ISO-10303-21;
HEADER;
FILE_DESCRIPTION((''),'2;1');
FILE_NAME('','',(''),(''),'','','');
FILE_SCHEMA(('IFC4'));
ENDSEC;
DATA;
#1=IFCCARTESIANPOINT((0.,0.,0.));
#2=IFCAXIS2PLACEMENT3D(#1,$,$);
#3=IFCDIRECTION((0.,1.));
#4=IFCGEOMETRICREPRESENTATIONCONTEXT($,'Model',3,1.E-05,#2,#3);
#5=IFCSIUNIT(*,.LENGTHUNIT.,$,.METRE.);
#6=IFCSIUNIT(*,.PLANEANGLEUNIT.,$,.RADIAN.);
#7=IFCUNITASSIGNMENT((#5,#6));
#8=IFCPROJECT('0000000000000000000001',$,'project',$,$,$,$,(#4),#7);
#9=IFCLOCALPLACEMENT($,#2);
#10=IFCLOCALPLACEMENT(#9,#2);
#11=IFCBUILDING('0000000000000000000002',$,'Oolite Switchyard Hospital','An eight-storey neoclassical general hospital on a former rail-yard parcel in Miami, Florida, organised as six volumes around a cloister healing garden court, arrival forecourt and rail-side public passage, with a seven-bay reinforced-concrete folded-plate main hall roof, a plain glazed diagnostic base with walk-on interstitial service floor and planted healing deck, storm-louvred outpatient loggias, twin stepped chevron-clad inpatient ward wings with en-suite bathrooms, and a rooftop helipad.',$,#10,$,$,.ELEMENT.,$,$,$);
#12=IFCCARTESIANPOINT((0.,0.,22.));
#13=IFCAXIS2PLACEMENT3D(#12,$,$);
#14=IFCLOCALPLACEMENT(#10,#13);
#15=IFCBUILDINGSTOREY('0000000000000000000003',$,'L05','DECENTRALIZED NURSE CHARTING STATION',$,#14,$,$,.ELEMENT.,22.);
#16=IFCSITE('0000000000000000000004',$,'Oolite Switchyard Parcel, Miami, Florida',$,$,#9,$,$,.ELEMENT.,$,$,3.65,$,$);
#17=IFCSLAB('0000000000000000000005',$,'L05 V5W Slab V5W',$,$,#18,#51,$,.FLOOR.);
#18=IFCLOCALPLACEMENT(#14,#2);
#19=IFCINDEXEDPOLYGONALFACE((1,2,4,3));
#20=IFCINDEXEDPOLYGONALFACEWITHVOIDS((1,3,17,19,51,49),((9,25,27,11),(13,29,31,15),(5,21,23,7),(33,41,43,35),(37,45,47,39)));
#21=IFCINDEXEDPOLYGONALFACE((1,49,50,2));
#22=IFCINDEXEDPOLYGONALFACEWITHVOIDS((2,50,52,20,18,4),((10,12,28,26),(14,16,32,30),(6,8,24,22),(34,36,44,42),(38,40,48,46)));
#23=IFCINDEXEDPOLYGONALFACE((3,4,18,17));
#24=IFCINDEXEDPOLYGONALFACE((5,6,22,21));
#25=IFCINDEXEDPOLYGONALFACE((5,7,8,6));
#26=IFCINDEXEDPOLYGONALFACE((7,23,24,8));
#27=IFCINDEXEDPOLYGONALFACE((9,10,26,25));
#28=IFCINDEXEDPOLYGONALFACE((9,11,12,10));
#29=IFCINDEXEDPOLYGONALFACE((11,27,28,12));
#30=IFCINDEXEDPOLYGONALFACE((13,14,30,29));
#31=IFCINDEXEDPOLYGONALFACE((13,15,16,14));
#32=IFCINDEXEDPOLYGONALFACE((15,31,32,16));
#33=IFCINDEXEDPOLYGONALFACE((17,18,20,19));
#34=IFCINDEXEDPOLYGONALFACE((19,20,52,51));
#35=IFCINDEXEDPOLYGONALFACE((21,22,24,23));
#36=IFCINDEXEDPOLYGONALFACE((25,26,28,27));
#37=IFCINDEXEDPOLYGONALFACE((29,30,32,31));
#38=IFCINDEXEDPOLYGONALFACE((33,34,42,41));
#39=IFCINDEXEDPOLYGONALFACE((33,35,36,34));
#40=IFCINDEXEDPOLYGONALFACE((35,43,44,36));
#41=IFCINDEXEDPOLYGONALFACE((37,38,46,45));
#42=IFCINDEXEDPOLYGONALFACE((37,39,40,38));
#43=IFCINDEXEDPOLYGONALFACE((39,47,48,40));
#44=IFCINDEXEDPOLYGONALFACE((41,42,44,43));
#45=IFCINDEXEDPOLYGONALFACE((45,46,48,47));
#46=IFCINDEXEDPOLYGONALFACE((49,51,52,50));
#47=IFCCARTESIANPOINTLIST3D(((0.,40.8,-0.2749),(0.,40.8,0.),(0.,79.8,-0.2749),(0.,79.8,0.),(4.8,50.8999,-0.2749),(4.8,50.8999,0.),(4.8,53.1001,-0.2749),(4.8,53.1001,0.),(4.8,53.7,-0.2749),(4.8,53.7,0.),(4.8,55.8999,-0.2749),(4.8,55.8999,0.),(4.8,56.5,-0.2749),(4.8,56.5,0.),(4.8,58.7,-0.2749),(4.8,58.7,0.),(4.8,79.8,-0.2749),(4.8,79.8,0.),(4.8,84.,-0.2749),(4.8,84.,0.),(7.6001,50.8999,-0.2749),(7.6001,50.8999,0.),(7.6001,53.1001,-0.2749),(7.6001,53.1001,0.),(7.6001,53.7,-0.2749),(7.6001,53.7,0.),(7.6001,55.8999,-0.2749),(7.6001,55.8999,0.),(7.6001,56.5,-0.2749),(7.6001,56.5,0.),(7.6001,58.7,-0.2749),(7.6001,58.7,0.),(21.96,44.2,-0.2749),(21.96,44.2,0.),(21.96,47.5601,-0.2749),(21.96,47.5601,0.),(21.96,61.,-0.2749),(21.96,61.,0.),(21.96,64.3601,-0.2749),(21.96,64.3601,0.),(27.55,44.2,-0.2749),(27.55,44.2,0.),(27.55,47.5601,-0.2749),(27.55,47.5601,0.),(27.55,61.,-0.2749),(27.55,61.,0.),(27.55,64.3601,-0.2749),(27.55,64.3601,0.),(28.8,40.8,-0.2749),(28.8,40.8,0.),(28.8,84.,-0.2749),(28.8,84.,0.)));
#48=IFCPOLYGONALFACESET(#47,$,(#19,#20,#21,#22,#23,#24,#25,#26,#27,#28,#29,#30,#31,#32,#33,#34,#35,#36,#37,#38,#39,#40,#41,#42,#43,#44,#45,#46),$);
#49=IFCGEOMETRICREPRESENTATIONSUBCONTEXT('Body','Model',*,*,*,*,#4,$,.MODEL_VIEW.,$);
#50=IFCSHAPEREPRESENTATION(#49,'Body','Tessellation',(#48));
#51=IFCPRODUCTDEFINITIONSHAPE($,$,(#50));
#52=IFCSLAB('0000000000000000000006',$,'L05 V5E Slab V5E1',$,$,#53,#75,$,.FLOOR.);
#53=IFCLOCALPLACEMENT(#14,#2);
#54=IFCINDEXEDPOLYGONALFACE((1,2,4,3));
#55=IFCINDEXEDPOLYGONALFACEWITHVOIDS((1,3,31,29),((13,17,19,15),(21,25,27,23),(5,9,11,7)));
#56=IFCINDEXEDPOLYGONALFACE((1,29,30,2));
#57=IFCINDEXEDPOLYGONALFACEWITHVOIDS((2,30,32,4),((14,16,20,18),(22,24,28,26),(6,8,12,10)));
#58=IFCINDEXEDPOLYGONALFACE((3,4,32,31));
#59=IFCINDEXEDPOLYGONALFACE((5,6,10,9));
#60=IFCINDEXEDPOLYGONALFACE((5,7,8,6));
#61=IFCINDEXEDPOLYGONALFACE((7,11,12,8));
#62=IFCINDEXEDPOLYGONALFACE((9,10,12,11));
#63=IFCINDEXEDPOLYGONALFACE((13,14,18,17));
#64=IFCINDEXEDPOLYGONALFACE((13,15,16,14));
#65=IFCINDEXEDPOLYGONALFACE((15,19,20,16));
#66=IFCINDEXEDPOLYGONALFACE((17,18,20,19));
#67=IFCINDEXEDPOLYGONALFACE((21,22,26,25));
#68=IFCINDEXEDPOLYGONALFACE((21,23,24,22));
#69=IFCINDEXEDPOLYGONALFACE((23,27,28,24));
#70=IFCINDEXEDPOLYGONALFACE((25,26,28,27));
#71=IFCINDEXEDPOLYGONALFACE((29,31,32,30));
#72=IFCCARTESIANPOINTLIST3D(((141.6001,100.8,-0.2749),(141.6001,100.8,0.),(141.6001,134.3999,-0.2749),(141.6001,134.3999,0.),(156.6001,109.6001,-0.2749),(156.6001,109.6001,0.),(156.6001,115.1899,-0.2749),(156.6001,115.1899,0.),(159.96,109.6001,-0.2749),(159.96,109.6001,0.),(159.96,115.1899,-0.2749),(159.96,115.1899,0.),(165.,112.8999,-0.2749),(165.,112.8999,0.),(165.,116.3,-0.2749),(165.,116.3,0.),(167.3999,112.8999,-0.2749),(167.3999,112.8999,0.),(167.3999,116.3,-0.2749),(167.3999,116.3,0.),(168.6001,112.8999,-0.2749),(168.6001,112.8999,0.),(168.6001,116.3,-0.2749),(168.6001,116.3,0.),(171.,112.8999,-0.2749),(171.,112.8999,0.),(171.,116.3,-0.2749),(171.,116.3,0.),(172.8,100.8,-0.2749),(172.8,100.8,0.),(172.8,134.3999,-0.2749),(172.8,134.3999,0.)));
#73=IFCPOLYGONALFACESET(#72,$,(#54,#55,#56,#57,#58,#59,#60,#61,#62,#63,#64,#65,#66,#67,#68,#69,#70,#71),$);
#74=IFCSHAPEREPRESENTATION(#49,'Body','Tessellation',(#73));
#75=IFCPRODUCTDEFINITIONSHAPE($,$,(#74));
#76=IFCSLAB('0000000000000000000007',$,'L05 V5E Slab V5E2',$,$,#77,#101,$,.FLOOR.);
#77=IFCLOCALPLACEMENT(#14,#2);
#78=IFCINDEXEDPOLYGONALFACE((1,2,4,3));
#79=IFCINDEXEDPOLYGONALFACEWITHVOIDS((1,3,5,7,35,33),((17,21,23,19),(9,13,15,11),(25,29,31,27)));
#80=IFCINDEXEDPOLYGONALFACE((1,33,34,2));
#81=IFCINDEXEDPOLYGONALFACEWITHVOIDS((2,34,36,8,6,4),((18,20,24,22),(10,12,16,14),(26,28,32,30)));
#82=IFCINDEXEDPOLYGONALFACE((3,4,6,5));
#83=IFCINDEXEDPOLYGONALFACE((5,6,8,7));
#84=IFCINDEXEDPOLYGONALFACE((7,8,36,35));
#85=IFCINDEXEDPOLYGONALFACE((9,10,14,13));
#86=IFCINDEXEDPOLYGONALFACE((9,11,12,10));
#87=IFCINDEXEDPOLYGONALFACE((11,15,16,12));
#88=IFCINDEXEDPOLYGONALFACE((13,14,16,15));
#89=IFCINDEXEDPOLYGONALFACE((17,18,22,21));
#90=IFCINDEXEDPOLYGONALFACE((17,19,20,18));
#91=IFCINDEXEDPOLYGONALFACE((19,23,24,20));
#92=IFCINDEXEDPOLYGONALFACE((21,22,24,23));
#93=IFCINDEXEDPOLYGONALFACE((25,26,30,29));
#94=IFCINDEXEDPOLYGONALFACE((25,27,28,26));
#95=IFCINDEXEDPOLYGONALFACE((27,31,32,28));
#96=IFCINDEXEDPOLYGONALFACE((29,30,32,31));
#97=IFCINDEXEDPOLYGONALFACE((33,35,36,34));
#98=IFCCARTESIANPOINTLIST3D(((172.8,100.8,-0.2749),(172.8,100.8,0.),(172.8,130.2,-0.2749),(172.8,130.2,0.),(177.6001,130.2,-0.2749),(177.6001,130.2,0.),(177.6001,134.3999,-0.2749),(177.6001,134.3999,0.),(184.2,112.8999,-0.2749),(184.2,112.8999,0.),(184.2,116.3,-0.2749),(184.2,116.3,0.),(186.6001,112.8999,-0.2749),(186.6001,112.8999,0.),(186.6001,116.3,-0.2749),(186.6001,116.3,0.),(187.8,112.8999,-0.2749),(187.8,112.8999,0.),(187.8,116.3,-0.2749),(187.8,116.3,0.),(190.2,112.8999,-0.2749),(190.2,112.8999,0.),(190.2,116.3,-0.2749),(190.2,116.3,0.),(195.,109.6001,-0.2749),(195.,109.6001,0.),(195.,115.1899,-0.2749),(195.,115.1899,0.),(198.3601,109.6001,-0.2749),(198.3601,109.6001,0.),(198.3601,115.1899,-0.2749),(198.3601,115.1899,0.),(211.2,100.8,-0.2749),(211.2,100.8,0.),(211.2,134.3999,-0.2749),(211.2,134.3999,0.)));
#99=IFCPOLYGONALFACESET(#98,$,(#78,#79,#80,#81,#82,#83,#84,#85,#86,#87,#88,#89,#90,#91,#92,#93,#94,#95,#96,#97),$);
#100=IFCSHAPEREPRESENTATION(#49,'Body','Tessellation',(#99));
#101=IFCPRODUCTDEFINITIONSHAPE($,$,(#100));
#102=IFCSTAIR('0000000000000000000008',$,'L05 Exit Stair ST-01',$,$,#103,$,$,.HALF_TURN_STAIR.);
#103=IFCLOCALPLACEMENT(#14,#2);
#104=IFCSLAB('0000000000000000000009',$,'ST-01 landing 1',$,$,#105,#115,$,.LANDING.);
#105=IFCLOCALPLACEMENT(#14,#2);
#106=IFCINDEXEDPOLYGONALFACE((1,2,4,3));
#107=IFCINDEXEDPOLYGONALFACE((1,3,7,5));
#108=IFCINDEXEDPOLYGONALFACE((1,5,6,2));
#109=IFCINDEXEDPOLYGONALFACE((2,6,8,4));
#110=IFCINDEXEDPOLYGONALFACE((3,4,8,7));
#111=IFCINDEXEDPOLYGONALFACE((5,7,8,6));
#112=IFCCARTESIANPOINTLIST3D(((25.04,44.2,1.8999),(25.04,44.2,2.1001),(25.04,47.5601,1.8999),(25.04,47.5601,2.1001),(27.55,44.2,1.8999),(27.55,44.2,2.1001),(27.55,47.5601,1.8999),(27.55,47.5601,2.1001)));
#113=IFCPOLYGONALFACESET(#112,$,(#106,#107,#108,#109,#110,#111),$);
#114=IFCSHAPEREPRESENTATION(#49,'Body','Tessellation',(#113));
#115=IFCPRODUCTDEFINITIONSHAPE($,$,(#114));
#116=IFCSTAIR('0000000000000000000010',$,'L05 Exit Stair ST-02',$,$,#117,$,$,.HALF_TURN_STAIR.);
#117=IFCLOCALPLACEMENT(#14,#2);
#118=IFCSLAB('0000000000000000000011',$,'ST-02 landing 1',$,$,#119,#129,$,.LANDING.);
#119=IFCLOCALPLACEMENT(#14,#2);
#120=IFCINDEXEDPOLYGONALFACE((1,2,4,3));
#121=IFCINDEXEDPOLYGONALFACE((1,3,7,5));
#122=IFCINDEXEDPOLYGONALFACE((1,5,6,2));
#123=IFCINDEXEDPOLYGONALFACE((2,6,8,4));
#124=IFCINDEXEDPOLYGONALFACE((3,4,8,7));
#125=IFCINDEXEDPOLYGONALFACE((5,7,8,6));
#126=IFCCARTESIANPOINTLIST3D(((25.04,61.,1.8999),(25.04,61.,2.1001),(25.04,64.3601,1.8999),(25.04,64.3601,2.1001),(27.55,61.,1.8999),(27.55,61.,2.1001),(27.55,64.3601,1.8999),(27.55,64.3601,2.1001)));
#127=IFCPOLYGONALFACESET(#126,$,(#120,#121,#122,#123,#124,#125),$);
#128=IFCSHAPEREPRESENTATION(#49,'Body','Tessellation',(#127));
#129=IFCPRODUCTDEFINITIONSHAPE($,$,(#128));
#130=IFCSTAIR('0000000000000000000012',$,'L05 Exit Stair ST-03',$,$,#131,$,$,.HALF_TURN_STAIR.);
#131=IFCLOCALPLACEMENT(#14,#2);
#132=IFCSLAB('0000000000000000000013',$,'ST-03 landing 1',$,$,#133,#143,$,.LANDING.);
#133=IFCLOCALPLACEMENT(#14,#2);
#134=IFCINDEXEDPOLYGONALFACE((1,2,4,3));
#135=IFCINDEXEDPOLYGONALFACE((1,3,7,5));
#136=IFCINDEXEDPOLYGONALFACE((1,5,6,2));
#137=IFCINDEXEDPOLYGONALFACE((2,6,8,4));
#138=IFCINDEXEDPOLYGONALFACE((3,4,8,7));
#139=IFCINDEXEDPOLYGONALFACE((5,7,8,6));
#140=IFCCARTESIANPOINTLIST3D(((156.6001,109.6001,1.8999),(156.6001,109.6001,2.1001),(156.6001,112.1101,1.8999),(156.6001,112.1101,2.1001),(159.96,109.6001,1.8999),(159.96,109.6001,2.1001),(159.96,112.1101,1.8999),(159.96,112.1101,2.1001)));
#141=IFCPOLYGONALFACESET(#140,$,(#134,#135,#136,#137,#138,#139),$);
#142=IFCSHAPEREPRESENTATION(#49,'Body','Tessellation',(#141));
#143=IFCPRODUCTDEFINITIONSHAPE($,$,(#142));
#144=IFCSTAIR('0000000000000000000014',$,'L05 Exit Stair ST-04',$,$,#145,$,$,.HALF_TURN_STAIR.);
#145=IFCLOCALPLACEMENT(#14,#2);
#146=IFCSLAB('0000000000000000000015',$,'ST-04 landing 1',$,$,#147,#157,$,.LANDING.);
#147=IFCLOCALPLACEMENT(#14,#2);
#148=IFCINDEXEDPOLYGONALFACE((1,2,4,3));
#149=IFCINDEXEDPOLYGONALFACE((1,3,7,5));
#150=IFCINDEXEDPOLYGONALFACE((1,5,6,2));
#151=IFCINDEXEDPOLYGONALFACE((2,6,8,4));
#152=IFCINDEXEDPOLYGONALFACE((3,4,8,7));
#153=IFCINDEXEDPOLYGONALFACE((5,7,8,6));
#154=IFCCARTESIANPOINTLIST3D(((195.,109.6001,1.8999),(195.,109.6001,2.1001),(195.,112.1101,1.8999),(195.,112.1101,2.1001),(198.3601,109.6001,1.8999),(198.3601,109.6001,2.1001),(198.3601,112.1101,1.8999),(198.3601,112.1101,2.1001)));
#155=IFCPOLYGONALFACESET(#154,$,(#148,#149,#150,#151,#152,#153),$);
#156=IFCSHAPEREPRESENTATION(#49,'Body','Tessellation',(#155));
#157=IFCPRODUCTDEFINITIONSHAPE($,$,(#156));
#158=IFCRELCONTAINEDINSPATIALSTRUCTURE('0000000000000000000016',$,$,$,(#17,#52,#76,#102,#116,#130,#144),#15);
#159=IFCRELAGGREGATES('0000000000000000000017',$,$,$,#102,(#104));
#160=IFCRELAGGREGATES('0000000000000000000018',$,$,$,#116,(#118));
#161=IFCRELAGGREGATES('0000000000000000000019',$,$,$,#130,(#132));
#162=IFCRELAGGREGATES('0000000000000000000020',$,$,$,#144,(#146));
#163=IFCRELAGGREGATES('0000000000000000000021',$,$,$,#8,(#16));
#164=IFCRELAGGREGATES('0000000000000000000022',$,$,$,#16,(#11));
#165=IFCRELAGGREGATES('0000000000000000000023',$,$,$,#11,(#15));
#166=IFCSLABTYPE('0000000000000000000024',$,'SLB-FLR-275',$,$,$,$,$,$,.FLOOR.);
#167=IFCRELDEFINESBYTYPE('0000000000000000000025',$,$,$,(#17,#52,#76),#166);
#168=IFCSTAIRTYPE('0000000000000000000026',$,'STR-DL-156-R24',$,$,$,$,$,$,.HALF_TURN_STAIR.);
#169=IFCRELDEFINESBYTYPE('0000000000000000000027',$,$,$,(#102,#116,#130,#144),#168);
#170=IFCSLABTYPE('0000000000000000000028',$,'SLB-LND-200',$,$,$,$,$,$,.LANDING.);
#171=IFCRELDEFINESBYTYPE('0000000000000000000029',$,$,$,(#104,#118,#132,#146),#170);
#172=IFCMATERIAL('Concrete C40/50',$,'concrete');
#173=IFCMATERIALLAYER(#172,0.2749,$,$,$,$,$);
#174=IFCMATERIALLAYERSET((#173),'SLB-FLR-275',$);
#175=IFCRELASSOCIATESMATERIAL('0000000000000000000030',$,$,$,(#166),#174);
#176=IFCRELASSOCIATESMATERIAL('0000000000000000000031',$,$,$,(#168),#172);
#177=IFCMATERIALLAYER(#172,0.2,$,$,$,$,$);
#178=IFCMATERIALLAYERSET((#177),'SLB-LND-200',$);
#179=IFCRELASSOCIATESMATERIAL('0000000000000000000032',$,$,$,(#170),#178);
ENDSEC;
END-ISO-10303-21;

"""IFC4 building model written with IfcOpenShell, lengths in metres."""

from ifc_helpers import new_model, si_unit, direction, frame, origin, place, context, subcontext, project, spatial, polyline, outline, extrude, material, layer, layer_set, type_object, element, aggregate, save


model = new_model("IFC4")

# Units and contexts
model_context = context("Model", 3, precision=1e-05, world=origin(), true_north=direction((0.0, 1.0)))
body_context = subcontext(model_context, "Body", "Model", "MODEL_VIEW")
ifc_project = project(units=[si_unit("LENGTHUNIT", "METRE"), si_unit("PLANEANGLEUNIT", "RADIAN")], contexts=[model_context])

# Site, building, storey
site_placement = place(None, origin())
site = spatial("IfcSite", under=ifc_project, at=site_placement, Name="Oolite Switchyard Parcel, Miami, Florida", CompositionType="ELEMENT", RefElevation=3.65)
building_placement = place(site_placement, origin())
building = spatial("IfcBuilding", under=site, at=building_placement, Name="Oolite Switchyard Hospital", Description="An eight-storey neoclassical general hospital on a former rail-yard parcel in Miami, Florida, organised as six volumes around a cloister healing garden court, arrival forecourt and rail-side public passage, with a seven-bay reinforced-concrete folded-plate main hall roof, a plain glazed diagnostic base with walk-on interstitial service floor and planted healing deck, storm-louvred outpatient loggias, twin stepped chevron-clad inpatient ward wings with en-suite bathrooms, and a rooftop helipad.", CompositionType="ELEMENT")
storey_placement = place(building_placement, frame((0.0, 0.0, 22.0)))
storey = spatial("IfcBuildingStorey", under=building, at=storey_placement, Name="L05", Description="DECENTRALIZED NURSE CHARTING STATION", CompositionType="ELEMENT", Elevation=22.0)

# Slabs
ifc_material_1 = material(Name="Concrete C40/50", Category="concrete")
ifc_layer_1 = layer(ifc_material_1, 0.2749)
ifc_layer_set_1 = layer_set([ifc_layer_1], Name="SLB-FLR-275")
slab_type_1 = type_object("IfcSlabType", Name="SLB-FLR-275", PredefinedType="FLOOR", material=ifc_layer_set_1)
slab_1_placement = place(storey_placement, frame((0.0, 0.0, -0.2749)))
element("IfcSlab", 1, at=slab_1_placement, inside=storey, type_object=slab_type_1, Name="L05 V5W Slab V5W", PredefinedType="FLOOR", context=body_context, shape_type="SweptSolid", body=[
    extrude(outline(polyline([(0.0, 40.8), (28.8, 40.8), (28.8, 84.0), (4.8, 84.0), (4.8, 79.8), (0.0, 79.8), (0.0, 40.8)]), holes=[polyline([(21.96, 44.2), (27.55, 44.2), (27.55, 47.5601), (21.96, 47.5601), (21.96, 44.2)]), polyline([(21.96, 61.0), (27.55, 61.0), (27.55, 64.3601), (21.96, 64.3601), (21.96, 61.0)]), polyline([(4.8, 50.8999), (7.6001, 50.8999), (7.6001, 53.1001), (4.8, 53.1001), (4.8, 50.8999)]), polyline([(4.8, 53.7), (7.6001, 53.7), (7.6001, 55.8999), (4.8, 55.8999), (4.8, 53.7)]), polyline([(4.8, 56.5), (7.6001, 56.5), (7.6001, 58.7), (4.8, 58.7), (4.8, 56.5)])]), origin(), (0.0, 0.0, 1.0), 0.2749),
])
slab_2_placement = place(storey_placement, frame((0.0, 0.0, -0.2749)))
element("IfcSlab", 2, at=slab_2_placement, inside=storey, type_object=slab_type_1, Name="L05 V5E Slab V5E1", PredefinedType="FLOOR", context=body_context, shape_type="SweptSolid", body=[
    extrude(outline(polyline([(141.6001, 100.8), (172.8, 100.8), (172.8, 134.3999), (141.6001, 134.3999), (141.6001, 100.8)]), holes=[polyline([(156.6001, 115.1899), (156.6001, 109.6001), (159.96, 109.6001), (159.96, 115.1899), (156.6001, 115.1899)]), polyline([(165.0, 112.8999), (167.3999, 112.8999), (167.3999, 116.3), (165.0, 116.3), (165.0, 112.8999)]), polyline([(168.6001, 112.8999), (171.0, 112.8999), (171.0, 116.3), (168.6001, 116.3), (168.6001, 112.8999)])]), origin(), (0.0, 0.0, 1.0), 0.2749),
])
slab_3_placement = place(storey_placement, frame((0.0, 0.0, -0.2749)))
element("IfcSlab", 3, at=slab_3_placement, inside=storey, type_object=slab_type_1, Name="L05 V5E Slab V5E2", PredefinedType="FLOOR", context=body_context, shape_type="SweptSolid", body=[
    extrude(outline(polyline([(172.8, 100.8), (211.2, 100.8), (211.2, 134.3999), (177.6001, 134.3999), (177.6001, 130.2), (172.8, 130.2), (172.8, 100.8)]), holes=[polyline([(195.0, 115.1899), (195.0, 109.6001), (198.3601, 109.6001), (198.3601, 115.1899), (195.0, 115.1899)]), polyline([(184.2, 112.8999), (186.6001, 112.8999), (186.6001, 116.3), (184.2, 116.3), (184.2, 112.8999)]), polyline([(187.8, 112.8999), (190.2, 112.8999), (190.2, 116.3), (187.8, 116.3), (187.8, 112.8999)])]), origin(), (0.0, 0.0, 1.0), 0.2749),
])

# Stairs, slabs
stair_type = type_object("IfcStairType", Name="STR-DL-156-R24", PredefinedType="HALF_TURN_STAIR", material=ifc_material_1)
stair_1_placement = place(storey_placement, origin())
stair_1 = element("IfcStair", 4, at=stair_1_placement, inside=storey, type_object=stair_type, Name="L05 Exit Stair ST-01", PredefinedType="HALF_TURN_STAIR")
ifc_layer_2 = layer(ifc_material_1, 0.2)
ifc_layer_set_2 = layer_set([ifc_layer_2], Name="SLB-LND-200")
slab_type_2 = type_object("IfcSlabType", Name="SLB-LND-200", PredefinedType="LANDING", material=ifc_layer_set_2)
slab_4_placement = place(storey_placement, frame((0.0, 0.0, 1.8999)))
slab_4 = element("IfcSlab", 5, at=slab_4_placement, type_object=slab_type_2, Name="ST-01 landing 1", PredefinedType="LANDING", context=body_context, shape_type="SweptSolid", body=[
    extrude(outline(polyline([(25.04, 44.2), (27.55, 44.2), (27.55, 47.5601), (25.04, 47.5601), (25.04, 44.2)])), origin(), (0.0, 0.0, 1.0), 0.2002),
])
aggregate(stair_1, [slab_4])
stair_2_placement = place(storey_placement, origin())
stair_2 = element("IfcStair", 6, at=stair_2_placement, inside=storey, type_object=stair_type, Name="L05 Exit Stair ST-02", PredefinedType="HALF_TURN_STAIR")
slab_5_placement = place(storey_placement, frame((0.0, 0.0, 1.8999)))
slab_5 = element("IfcSlab", 7, at=slab_5_placement, type_object=slab_type_2, Name="ST-02 landing 1", PredefinedType="LANDING", context=body_context, shape_type="SweptSolid", body=[
    extrude(outline(polyline([(25.04, 61.0), (27.55, 61.0), (27.55, 64.3601), (25.04, 64.3601), (25.04, 61.0)])), origin(), (0.0, 0.0, 1.0), 0.2002),
])
aggregate(stair_2, [slab_5])
stair_3_placement = place(storey_placement, origin())
stair_3 = element("IfcStair", 8, at=stair_3_placement, inside=storey, type_object=stair_type, Name="L05 Exit Stair ST-03", PredefinedType="HALF_TURN_STAIR")
slab_6_placement = place(storey_placement, frame((0.0, 0.0, 1.8999)))
slab_6 = element("IfcSlab", 9, at=slab_6_placement, type_object=slab_type_2, Name="ST-03 landing 1", PredefinedType="LANDING", context=body_context, shape_type="SweptSolid", body=[
    extrude(outline(polyline([(156.6001, 112.1101), (156.6001, 109.6001), (159.96, 109.6001), (159.96, 112.1101), (156.6001, 112.1101)])), origin(), (0.0, 0.0, 1.0), 0.2002),
])
aggregate(stair_3, [slab_6])
stair_4_placement = place(storey_placement, origin())
stair_4 = element("IfcStair", 10, at=stair_4_placement, inside=storey, type_object=stair_type, Name="L05 Exit Stair ST-04", PredefinedType="HALF_TURN_STAIR")
slab_7_placement = place(storey_placement, frame((0.0, 0.0, 1.8999)))
slab_7 = element("IfcSlab", 11, at=slab_7_placement, type_object=slab_type_2, Name="ST-04 landing 1", PredefinedType="LANDING", context=body_context, shape_type="SweptSolid", body=[
    extrude(outline(polyline([(195.0, 112.1101), (195.0, 109.6001), (198.3601, 109.6001), (198.3601, 112.1101), (195.0, 112.1101)])), origin(), (0.0, 0.0, 1.0), 0.2002),
])
aggregate(stair_4, [slab_7])

save(model, "model.ifc")
